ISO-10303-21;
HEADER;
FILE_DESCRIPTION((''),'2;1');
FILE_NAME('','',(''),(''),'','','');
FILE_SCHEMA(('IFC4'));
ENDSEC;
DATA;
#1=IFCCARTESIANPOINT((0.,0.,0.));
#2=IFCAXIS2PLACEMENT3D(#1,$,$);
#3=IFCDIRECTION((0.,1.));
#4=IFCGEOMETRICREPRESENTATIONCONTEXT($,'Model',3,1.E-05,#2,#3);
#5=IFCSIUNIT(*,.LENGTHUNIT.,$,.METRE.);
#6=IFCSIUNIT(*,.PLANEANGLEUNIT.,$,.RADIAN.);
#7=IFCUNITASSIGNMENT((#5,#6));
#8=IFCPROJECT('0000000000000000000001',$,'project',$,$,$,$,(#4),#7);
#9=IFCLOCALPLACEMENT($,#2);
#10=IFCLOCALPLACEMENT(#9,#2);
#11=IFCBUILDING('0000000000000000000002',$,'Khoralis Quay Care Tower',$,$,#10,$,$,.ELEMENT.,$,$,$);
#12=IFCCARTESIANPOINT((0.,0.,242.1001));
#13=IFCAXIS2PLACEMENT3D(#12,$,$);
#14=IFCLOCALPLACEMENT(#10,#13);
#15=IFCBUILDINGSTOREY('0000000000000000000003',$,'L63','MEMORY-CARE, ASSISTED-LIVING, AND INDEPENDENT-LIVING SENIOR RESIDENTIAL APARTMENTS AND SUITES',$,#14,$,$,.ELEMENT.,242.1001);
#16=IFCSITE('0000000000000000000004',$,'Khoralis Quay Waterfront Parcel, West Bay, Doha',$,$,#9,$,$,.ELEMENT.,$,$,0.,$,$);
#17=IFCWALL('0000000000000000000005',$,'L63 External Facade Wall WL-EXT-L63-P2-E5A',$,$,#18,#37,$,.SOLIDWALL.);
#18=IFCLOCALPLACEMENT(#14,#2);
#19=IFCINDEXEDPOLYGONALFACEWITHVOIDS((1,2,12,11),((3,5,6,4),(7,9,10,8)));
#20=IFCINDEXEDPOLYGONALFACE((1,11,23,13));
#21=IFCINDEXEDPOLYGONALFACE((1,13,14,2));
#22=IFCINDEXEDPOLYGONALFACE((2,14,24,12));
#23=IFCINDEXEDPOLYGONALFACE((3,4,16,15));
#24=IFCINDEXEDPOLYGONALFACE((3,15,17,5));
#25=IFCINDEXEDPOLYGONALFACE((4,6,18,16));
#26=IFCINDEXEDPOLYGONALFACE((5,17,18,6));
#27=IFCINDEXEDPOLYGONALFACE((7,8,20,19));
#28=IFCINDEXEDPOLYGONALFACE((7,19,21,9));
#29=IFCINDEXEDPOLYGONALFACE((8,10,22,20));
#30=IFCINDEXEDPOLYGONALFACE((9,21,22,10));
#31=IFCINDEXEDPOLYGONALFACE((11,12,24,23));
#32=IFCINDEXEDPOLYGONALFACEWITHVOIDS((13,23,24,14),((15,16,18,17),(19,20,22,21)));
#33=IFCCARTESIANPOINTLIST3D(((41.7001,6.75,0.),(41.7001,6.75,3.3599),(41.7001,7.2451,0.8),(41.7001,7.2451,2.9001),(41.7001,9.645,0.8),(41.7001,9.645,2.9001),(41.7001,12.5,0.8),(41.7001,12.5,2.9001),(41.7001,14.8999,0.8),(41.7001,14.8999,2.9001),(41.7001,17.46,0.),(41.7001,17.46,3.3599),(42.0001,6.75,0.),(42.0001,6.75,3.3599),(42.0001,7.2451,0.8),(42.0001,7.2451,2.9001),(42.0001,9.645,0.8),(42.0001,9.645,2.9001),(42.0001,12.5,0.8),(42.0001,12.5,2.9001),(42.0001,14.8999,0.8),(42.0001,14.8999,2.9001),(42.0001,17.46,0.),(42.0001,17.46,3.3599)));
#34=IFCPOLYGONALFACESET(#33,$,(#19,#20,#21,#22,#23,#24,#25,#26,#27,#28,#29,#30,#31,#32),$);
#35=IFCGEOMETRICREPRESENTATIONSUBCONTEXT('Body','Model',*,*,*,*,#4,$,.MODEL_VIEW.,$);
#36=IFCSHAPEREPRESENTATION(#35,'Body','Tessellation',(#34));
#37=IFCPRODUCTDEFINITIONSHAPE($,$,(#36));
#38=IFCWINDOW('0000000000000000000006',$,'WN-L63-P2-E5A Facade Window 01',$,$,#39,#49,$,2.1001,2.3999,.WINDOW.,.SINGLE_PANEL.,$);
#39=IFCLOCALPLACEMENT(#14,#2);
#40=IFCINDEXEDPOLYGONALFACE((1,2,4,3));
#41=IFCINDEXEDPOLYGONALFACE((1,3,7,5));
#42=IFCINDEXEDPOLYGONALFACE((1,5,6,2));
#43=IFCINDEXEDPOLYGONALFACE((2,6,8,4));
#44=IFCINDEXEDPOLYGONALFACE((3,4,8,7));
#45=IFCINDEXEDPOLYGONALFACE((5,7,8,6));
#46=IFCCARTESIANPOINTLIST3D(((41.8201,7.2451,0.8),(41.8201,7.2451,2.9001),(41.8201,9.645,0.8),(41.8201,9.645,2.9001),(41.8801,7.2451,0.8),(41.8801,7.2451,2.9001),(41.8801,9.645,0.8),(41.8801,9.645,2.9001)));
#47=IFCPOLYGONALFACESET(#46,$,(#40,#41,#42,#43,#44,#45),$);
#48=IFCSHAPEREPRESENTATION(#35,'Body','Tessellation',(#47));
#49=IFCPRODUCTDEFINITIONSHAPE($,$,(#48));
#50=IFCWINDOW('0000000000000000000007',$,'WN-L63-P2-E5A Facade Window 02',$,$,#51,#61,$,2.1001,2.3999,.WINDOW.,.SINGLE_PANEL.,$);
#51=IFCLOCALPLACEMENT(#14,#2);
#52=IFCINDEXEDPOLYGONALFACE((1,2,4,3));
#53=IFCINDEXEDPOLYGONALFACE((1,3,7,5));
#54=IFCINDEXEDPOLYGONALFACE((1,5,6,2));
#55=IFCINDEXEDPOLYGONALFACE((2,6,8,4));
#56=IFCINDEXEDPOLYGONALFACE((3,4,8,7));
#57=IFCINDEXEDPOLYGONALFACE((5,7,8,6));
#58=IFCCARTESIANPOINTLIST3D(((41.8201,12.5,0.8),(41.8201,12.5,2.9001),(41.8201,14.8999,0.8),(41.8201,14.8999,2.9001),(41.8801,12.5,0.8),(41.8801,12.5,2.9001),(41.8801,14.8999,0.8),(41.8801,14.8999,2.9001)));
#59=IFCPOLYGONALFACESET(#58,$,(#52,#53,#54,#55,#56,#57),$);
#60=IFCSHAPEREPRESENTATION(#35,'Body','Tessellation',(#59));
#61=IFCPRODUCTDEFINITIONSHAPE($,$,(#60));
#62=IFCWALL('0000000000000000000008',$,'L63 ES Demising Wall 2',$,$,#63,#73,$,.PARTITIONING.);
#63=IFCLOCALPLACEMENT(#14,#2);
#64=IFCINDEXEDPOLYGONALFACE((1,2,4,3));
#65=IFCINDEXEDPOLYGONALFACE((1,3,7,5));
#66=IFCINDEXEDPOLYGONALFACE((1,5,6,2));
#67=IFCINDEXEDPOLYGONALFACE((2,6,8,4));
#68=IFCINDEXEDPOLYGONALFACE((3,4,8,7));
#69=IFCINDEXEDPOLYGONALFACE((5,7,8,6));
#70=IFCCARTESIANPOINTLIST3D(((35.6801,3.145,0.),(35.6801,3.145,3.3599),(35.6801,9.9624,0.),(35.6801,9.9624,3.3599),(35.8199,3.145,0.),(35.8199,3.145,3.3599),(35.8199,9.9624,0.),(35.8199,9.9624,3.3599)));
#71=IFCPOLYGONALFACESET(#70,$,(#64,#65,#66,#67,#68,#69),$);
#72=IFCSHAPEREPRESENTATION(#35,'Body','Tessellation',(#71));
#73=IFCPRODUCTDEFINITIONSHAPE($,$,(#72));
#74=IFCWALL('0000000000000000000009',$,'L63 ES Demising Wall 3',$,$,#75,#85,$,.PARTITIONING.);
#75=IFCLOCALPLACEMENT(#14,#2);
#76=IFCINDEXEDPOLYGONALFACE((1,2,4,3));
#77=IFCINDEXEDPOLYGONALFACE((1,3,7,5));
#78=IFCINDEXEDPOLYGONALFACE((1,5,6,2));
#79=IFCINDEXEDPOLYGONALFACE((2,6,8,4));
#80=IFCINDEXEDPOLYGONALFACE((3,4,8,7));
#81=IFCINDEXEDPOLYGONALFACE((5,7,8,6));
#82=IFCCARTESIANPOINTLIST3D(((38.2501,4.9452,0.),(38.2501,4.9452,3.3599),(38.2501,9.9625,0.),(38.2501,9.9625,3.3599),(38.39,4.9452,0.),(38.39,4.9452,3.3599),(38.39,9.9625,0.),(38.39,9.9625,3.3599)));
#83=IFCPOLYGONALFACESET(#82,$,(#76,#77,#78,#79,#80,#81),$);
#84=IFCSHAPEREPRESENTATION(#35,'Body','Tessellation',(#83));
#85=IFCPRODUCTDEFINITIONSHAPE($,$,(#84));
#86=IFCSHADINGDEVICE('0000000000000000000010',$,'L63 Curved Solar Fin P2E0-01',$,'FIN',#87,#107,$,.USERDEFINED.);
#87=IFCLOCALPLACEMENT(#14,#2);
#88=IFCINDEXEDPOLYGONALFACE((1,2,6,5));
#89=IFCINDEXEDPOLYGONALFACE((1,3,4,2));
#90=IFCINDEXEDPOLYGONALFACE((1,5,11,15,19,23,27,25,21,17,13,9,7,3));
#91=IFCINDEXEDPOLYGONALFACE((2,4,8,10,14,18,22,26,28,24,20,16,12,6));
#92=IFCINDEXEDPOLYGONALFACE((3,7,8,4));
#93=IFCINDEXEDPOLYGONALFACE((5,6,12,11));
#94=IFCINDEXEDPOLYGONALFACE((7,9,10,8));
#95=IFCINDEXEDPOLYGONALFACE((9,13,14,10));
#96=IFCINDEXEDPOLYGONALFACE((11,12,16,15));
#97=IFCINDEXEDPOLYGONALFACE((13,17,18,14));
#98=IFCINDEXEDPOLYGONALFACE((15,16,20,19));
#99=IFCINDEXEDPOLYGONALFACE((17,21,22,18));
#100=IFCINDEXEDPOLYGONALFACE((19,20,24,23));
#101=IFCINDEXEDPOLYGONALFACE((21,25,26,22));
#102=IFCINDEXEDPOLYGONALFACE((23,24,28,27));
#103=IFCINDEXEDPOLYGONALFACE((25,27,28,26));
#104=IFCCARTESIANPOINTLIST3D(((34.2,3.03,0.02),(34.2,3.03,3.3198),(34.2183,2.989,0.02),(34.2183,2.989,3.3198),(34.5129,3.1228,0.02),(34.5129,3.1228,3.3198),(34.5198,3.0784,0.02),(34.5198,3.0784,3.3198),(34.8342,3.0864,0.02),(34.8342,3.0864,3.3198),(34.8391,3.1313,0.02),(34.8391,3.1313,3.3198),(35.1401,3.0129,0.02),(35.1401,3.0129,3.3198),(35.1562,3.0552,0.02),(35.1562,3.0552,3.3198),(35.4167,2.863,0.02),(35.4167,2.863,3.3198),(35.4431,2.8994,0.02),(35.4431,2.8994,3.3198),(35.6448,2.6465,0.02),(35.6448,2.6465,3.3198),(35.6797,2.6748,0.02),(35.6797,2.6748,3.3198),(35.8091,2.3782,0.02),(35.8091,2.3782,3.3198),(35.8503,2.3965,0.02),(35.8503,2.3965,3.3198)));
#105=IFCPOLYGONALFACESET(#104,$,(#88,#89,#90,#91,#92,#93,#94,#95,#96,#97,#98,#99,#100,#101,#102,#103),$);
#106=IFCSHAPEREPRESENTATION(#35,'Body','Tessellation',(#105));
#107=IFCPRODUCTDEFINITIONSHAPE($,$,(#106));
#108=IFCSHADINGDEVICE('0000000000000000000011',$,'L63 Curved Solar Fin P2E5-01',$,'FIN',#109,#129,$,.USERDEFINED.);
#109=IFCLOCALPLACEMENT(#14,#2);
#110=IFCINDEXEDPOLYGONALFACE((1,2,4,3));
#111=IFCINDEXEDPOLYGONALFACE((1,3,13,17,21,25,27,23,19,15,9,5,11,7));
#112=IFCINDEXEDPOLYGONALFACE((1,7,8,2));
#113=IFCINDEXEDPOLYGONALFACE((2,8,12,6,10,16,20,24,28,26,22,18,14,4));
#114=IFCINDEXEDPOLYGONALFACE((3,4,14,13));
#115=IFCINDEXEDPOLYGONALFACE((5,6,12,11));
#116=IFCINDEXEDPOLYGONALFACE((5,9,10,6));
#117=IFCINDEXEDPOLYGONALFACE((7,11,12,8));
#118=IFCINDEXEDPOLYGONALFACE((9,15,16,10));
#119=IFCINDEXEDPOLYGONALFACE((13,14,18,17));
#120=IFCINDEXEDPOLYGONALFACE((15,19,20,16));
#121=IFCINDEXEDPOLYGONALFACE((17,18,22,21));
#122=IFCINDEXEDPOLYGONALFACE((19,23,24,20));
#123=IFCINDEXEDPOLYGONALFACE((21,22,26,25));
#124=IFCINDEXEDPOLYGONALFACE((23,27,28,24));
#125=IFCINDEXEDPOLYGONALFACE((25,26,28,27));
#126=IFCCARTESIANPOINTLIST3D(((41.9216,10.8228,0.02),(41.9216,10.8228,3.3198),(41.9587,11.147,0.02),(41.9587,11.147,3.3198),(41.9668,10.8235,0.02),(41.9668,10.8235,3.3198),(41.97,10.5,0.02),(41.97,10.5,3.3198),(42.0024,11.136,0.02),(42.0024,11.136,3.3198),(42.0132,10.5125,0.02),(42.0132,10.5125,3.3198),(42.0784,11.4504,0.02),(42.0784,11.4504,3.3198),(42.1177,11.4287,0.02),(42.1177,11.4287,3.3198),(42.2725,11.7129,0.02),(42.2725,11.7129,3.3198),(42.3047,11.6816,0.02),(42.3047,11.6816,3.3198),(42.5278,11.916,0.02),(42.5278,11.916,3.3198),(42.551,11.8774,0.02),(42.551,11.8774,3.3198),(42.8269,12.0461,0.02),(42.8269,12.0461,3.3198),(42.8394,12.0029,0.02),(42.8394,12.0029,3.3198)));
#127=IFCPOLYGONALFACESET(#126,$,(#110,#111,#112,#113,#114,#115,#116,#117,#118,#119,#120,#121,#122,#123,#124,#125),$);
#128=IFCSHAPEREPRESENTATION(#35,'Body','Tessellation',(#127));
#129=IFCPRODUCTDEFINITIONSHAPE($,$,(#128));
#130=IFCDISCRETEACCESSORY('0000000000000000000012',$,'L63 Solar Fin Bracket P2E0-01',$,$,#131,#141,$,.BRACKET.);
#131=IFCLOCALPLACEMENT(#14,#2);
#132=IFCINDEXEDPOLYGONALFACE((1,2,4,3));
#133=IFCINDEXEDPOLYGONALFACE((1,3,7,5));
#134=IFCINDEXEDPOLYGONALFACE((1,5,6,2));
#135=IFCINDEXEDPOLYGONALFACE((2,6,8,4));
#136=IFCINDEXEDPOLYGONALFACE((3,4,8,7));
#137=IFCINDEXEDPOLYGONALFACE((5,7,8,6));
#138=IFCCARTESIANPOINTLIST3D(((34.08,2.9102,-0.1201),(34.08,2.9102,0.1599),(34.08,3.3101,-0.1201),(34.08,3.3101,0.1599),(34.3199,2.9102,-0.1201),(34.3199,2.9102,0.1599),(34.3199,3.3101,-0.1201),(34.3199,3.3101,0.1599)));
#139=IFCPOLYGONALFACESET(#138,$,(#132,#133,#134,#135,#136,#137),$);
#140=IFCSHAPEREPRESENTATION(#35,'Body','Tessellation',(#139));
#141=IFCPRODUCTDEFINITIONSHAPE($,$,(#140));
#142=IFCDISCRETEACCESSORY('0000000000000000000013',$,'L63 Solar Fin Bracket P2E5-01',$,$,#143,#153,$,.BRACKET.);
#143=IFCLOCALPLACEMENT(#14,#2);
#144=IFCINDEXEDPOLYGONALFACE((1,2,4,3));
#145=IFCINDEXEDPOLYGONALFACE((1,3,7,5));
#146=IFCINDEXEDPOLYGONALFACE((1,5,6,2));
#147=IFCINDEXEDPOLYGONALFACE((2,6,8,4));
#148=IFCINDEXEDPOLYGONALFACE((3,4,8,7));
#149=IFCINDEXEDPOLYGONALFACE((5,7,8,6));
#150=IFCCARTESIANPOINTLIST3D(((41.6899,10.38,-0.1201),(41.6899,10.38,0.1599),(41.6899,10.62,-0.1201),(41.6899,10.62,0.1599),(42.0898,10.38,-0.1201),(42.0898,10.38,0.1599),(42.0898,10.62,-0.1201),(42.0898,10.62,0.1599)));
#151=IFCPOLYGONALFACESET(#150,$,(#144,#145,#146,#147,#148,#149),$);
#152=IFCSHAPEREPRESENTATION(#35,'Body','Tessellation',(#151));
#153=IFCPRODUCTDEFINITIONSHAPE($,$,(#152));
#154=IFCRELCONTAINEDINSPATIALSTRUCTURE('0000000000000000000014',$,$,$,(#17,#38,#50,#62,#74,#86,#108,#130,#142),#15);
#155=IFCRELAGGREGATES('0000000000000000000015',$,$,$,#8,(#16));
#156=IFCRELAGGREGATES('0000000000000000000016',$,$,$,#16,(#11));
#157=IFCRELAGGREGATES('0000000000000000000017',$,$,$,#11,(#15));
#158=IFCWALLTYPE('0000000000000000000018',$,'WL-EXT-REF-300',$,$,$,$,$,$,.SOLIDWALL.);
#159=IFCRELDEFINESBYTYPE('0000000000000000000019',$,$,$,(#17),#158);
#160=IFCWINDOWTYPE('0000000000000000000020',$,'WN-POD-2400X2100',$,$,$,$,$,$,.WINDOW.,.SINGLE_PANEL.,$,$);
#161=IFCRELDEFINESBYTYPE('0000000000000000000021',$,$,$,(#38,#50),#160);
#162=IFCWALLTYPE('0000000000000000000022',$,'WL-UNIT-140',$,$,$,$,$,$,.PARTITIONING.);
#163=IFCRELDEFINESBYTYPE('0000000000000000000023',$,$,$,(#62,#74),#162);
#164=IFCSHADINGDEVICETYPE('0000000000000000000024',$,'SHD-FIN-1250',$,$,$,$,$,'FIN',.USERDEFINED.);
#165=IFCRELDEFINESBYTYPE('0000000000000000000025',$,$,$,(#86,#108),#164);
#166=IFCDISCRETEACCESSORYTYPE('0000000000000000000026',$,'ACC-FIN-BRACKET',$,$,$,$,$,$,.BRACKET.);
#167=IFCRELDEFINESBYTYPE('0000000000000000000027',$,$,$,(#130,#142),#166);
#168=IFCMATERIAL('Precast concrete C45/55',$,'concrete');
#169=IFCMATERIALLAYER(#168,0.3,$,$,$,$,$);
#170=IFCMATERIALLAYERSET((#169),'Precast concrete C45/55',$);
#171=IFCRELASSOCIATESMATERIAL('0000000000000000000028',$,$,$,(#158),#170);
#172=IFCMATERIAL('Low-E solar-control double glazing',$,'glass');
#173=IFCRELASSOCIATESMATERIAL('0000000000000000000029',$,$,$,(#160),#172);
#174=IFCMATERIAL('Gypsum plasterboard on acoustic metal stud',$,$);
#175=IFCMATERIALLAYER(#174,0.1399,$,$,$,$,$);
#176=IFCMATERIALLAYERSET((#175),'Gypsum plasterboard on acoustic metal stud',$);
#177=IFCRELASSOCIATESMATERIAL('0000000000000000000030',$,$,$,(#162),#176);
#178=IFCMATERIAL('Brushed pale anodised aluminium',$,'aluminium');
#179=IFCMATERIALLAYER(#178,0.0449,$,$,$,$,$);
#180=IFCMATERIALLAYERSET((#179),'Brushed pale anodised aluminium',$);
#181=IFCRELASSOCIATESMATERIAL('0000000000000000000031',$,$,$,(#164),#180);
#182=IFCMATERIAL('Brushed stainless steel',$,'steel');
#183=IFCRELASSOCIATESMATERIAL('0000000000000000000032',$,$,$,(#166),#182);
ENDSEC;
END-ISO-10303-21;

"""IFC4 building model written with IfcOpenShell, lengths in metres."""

from ifc_helpers import new_model, si_unit, direction, frame, frame_2d, origin, origin_2d, place, context, subcontext, project, spatial, polyline, rectangle, outline, extrude, source, transform, mapped, material, layer, layer_set, type_object, element, fill, save


model = new_model("IFC4")

# Units and contexts
model_context = context("Model", 3, precision=1e-05, world=origin(), true_north=direction((0.0, 1.0)))
body_context = subcontext(model_context, "Body", "Model", "MODEL_VIEW")
ifc_project = project(units=[si_unit("LENGTHUNIT", "METRE"), si_unit("PLANEANGLEUNIT", "RADIAN")], contexts=[model_context])

# Site, building, storey
site_placement = place(None, origin())
site = spatial("IfcSite", under=ifc_project, at=site_placement, Name="Khoralis Quay Waterfront Parcel, West Bay, Doha", CompositionType="ELEMENT", RefElevation=0.0)
building_placement = place(site_placement, origin())
building = spatial("IfcBuilding", under=site, at=building_placement, Name="Khoralis Quay Care Tower", CompositionType="ELEMENT")
storey_placement = place(building_placement, frame((0.0, 0.0, 242.1001)))
storey = spatial("IfcBuildingStorey", under=building, at=storey_placement, Name="L63", Description="MEMORY-CARE, ASSISTED-LIVING, AND INDEPENDENT-LIVING SENIOR RESIDENTIAL APARTMENTS AND SUITES", CompositionType="ELEMENT", Elevation=242.1001)

# Shared definitions
ifc_material_1 = material(Name="Gypsum plasterboard on acoustic metal stud")

# Shared definitions
ifc_material_2 = material(Name="Precast concrete C45/55", Category="concrete")
ifc_layer_1 = layer(ifc_material_2, 0.3)
ifc_layer_set_1 = layer_set([ifc_layer_1], Name="Precast concrete C45/55")
wall_type_1 = type_object("IfcWallType", Name="WL-EXT-REF-300", PredefinedType="SOLIDWALL", material=ifc_layer_set_1)

# Wall, openings, windows
wall_1_placement = place(storey_placement, frame((41.8501, 6.75, 0.0), z_axis=(0.0, 0.0, 1.0), x_axis=(0.0, 1.0, 0.0)))
wall_1 = element("IfcWall", 1, at=wall_1_placement, inside=storey, type_object=wall_type_1, Name="L63 External Facade Wall WL-EXT-L63-P2-E5A", PredefinedType="SOLIDWALL", context=body_context, shape_type="SweptSolid", body=[
    extrude(rectangle(XDim=10.71, YDim=0.3, at=frame_2d((5.355, 0.0))), origin(), (0.0, 0.0, 1.0), 3.3599),
])
opening_1_placement = place(wall_1_placement, frame((0.4951, 0.0, 0.8)))
opening_1 = element("IfcOpeningElement", 2, at=opening_1_placement, cuts=wall_1, PredefinedType="OPENING", context=body_context, shape_type="SweptSolid", body=[
    extrude(rectangle(XDim=2.3999, YDim=2.1001, at=frame_2d((1.2, 1.05))), frame((0.0, 0.1602, 0.0), z_axis=(0.0, -1.0, 0.0), x_axis=(1.0, 0.0, 0.0)), (0.0, 0.0, 1.0), 0.3201),
])
opening_2_placement = place(wall_1_placement, frame((5.75, 0.0, 0.8)))
opening_2 = element("IfcOpeningElement", 3, at=opening_2_placement, cuts=wall_1, PredefinedType="OPENING", context=body_context, shape_type="SweptSolid", body=[
    extrude(rectangle(XDim=2.3999, YDim=2.1001, at=frame_2d((1.2, 1.05))), frame((0.0, 0.1602, 0.0), z_axis=(0.0, -1.0, 0.0), x_axis=(1.0, 0.0, 0.0)), (0.0, 0.0, 1.0), 0.3201),
])
ifc_material_3 = material(Name="Low-E solar-control double glazing", Category="glass")
window_type = type_object("IfcWindowType", Name="WN-POD-2400X2100", PartitioningType="SINGLE_PANEL", PredefinedType="WINDOW", material=ifc_material_3)
shared_shape_1 = source(origin(), body_context, "Body", "SweptSolid", [
    extrude(rectangle(XDim=2.3999, YDim=2.1001, at=frame_2d((1.2, 1.05))), frame((0.0, 0.03, 0.0), z_axis=(0.0, -1.0, 0.0), x_axis=(1.0, 0.0, 0.0)), (0.0, 0.0, 1.0), 0.0601),
])
window_1_placement = place(opening_1_placement, origin())
window_1 = element("IfcWindow", 4, at=window_1_placement, inside=storey, type_object=window_type, Name="WN-L63-P2-E5A Facade Window 01", OverallHeight=2.1001, OverallWidth=2.3999, PartitioningType="SINGLE_PANEL", PredefinedType="WINDOW", context=body_context, shape_type="MappedRepresentation", body=[
    mapped(shared_shape_1, transform((0.0, 0.0, 0.0), scale=1.0)),
])
fill(opening_1, window_1)
window_2_placement = place(opening_2_placement, origin())
window_2 = element("IfcWindow", 5, at=window_2_placement, inside=storey, type_object=window_type, Name="WN-L63-P2-E5A Facade Window 02", OverallHeight=2.1001, OverallWidth=2.3999, PartitioningType="SINGLE_PANEL", PredefinedType="WINDOW", context=body_context, shape_type="MappedRepresentation", body=[
    mapped(shared_shape_1, transform((0.0, 0.0, 0.0), scale=1.0)),
])
fill(opening_2, window_2)

# Walls
ifc_layer_2 = layer(ifc_material_1, 0.1399)
ifc_layer_set_2 = layer_set([ifc_layer_2], Name="Gypsum plasterboard on acoustic metal stud")
wall_type_2 = type_object("IfcWallType", Name="WL-UNIT-140", PredefinedType="PARTITIONING", material=ifc_layer_set_2)
wall_2_placement = place(storey_placement, frame((35.75, 3.145, 0.0), z_axis=(0.0, 0.0, 1.0), x_axis=(0.0, 1.0, 0.0)))
element("IfcWall", 6, at=wall_2_placement, inside=storey, type_object=wall_type_2, Name="L63 ES Demising Wall 2", PredefinedType="PARTITIONING", context=body_context, shape_type="SweptSolid", body=[
    extrude(rectangle(XDim=6.8174, YDim=0.1399, at=frame_2d((3.4087, 0.0))), origin(), (0.0, 0.0, 1.0), 3.3599),
])
wall_3_placement = place(storey_placement, frame((38.3201, 4.9451, 0.0), z_axis=(0.0, 0.0, 1.0), x_axis=(0.0, 1.0, 0.0)))
element("IfcWall", 7, at=wall_3_placement, inside=storey, type_object=wall_type_2, Name="L63 ES Demising Wall 3", PredefinedType="PARTITIONING", context=body_context, shape_type="SweptSolid", body=[
    extrude(rectangle(XDim=5.0173, YDim=0.1399, at=frame_2d((2.5088, 0.0))), origin(), (0.0, 0.0, 1.0), 3.3599),
])

# Shading devices
ifc_material_4 = material(Name="Brushed pale anodised aluminium", Category="aluminium")
ifc_layer_3 = layer(ifc_material_4, 0.0449)
ifc_layer_set_3 = layer_set([ifc_layer_3], Name="Brushed pale anodised aluminium")
shading_device_type = type_object("IfcShadingDeviceType", Name="SHD-FIN-1250", ElementType="FIN", PredefinedType="USERDEFINED", material=ifc_layer_set_3)
shared_shape_2 = source(origin(), body_context, "Body", "SweptSolid", [
    extrude(outline(polyline([(0.0, 0.0), (-0.0928, 0.313), (-0.1013, 0.6392), (-0.0251, 0.9563), (0.1306, 1.2432), (0.3552, 1.4797), (0.6335, 1.6504), (0.6519, 1.6091), (0.3835, 1.4448), (0.167, 1.2168), (0.0171, 0.9402), (-0.0564, 0.6343), (-0.0483, 0.3198), (0.041, 0.0183), (0.0, 0.0)])), origin(), (0.0, 0.0, 1.0), 3.2998),
])
shading_device_1_placement = place(storey_placement, frame((34.2, 3.03, 0.02), z_axis=(0.0, 0.0, 1.0), x_axis=(0.0, -1.0, 0.0)))
element("IfcShadingDevice", 8, at=shading_device_1_placement, inside=storey, type_object=shading_device_type, Name="L63 Curved Solar Fin P2E0-01", ObjectType="FIN", PredefinedType="USERDEFINED", context=body_context, shape_type="MappedRepresentation", body=[
    mapped(shared_shape_2, transform((0.0, 0.0, 0.0), scale=1.0)),
])
shared_shape_3 = source(origin(), body_context, "Body", "SweptSolid", [
    extrude(outline(polyline([(0.0, 0.0), (-0.0483, 0.3228), (-0.0112, 0.647), (0.1084, 0.9504), (0.3025, 1.2129), (0.5579, 1.416), (0.8569, 1.5461), (0.8694, 1.5029), (0.5811, 1.3774), (0.3347, 1.1816), (0.1477, 0.9287), (0.0325, 0.636), (-0.0032, 0.3235), (0.0432, 0.0125), (0.0, 0.0)])), origin(), (0.0, 0.0, 1.0), 3.2998),
])
shading_device_2_placement = place(storey_placement, frame((41.97, 10.5, 0.02), z_axis=(0.0, 0.0, 1.0), x_axis=(1.0, 0.0, 0.0)))
element("IfcShadingDevice", 9, at=shading_device_2_placement, inside=storey, type_object=shading_device_type, Name="L63 Curved Solar Fin P2E5-01", ObjectType="FIN", PredefinedType="USERDEFINED", context=body_context, shape_type="MappedRepresentation", body=[
    mapped(shared_shape_3, transform((0.0, 0.0, 0.0), scale=1.0)),
])

# Discrete accessories
ifc_material_5 = material(Name="Brushed stainless steel", Category="steel")
discrete_accessory_type = type_object("IfcDiscreteAccessoryType", Name="ACC-FIN-BRACKET", PredefinedType="BRACKET", material=ifc_material_5)
shared_shape_4 = source(origin(), body_context, "Body", "SweptSolid", [
    extrude(rectangle(XDim=0.3999, YDim=0.24, at=origin_2d()), origin(), (0.0, 0.0, 1.0), 0.28),
])
for number, where, z_axis, x_axis, name in (
    (10, (34.2, 3.1101, -0.1201), (0.0, 0.0, 1.0), (0.0, -1.0, 0.0), "L63 Solar Fin Bracket P2E0-01"),
    (11, (41.8899, 10.5, -0.1201), (0.0, 0.0, 1.0), (1.0, 0.0, 0.0), "L63 Solar Fin Bracket P2E5-01"),
):
    element("IfcDiscreteAccessory", number, at=place(storey_placement, frame(where, z_axis=z_axis, x_axis=x_axis)), inside=storey, type_object=discrete_accessory_type, Name=name, PredefinedType="BRACKET", context=body_context, shape_type="MappedRepresentation", body=[
        mapped(shared_shape_4, transform((0.0, 0.0, 0.0), scale=1.0)),
    ])

save(model, "model.ifc")
